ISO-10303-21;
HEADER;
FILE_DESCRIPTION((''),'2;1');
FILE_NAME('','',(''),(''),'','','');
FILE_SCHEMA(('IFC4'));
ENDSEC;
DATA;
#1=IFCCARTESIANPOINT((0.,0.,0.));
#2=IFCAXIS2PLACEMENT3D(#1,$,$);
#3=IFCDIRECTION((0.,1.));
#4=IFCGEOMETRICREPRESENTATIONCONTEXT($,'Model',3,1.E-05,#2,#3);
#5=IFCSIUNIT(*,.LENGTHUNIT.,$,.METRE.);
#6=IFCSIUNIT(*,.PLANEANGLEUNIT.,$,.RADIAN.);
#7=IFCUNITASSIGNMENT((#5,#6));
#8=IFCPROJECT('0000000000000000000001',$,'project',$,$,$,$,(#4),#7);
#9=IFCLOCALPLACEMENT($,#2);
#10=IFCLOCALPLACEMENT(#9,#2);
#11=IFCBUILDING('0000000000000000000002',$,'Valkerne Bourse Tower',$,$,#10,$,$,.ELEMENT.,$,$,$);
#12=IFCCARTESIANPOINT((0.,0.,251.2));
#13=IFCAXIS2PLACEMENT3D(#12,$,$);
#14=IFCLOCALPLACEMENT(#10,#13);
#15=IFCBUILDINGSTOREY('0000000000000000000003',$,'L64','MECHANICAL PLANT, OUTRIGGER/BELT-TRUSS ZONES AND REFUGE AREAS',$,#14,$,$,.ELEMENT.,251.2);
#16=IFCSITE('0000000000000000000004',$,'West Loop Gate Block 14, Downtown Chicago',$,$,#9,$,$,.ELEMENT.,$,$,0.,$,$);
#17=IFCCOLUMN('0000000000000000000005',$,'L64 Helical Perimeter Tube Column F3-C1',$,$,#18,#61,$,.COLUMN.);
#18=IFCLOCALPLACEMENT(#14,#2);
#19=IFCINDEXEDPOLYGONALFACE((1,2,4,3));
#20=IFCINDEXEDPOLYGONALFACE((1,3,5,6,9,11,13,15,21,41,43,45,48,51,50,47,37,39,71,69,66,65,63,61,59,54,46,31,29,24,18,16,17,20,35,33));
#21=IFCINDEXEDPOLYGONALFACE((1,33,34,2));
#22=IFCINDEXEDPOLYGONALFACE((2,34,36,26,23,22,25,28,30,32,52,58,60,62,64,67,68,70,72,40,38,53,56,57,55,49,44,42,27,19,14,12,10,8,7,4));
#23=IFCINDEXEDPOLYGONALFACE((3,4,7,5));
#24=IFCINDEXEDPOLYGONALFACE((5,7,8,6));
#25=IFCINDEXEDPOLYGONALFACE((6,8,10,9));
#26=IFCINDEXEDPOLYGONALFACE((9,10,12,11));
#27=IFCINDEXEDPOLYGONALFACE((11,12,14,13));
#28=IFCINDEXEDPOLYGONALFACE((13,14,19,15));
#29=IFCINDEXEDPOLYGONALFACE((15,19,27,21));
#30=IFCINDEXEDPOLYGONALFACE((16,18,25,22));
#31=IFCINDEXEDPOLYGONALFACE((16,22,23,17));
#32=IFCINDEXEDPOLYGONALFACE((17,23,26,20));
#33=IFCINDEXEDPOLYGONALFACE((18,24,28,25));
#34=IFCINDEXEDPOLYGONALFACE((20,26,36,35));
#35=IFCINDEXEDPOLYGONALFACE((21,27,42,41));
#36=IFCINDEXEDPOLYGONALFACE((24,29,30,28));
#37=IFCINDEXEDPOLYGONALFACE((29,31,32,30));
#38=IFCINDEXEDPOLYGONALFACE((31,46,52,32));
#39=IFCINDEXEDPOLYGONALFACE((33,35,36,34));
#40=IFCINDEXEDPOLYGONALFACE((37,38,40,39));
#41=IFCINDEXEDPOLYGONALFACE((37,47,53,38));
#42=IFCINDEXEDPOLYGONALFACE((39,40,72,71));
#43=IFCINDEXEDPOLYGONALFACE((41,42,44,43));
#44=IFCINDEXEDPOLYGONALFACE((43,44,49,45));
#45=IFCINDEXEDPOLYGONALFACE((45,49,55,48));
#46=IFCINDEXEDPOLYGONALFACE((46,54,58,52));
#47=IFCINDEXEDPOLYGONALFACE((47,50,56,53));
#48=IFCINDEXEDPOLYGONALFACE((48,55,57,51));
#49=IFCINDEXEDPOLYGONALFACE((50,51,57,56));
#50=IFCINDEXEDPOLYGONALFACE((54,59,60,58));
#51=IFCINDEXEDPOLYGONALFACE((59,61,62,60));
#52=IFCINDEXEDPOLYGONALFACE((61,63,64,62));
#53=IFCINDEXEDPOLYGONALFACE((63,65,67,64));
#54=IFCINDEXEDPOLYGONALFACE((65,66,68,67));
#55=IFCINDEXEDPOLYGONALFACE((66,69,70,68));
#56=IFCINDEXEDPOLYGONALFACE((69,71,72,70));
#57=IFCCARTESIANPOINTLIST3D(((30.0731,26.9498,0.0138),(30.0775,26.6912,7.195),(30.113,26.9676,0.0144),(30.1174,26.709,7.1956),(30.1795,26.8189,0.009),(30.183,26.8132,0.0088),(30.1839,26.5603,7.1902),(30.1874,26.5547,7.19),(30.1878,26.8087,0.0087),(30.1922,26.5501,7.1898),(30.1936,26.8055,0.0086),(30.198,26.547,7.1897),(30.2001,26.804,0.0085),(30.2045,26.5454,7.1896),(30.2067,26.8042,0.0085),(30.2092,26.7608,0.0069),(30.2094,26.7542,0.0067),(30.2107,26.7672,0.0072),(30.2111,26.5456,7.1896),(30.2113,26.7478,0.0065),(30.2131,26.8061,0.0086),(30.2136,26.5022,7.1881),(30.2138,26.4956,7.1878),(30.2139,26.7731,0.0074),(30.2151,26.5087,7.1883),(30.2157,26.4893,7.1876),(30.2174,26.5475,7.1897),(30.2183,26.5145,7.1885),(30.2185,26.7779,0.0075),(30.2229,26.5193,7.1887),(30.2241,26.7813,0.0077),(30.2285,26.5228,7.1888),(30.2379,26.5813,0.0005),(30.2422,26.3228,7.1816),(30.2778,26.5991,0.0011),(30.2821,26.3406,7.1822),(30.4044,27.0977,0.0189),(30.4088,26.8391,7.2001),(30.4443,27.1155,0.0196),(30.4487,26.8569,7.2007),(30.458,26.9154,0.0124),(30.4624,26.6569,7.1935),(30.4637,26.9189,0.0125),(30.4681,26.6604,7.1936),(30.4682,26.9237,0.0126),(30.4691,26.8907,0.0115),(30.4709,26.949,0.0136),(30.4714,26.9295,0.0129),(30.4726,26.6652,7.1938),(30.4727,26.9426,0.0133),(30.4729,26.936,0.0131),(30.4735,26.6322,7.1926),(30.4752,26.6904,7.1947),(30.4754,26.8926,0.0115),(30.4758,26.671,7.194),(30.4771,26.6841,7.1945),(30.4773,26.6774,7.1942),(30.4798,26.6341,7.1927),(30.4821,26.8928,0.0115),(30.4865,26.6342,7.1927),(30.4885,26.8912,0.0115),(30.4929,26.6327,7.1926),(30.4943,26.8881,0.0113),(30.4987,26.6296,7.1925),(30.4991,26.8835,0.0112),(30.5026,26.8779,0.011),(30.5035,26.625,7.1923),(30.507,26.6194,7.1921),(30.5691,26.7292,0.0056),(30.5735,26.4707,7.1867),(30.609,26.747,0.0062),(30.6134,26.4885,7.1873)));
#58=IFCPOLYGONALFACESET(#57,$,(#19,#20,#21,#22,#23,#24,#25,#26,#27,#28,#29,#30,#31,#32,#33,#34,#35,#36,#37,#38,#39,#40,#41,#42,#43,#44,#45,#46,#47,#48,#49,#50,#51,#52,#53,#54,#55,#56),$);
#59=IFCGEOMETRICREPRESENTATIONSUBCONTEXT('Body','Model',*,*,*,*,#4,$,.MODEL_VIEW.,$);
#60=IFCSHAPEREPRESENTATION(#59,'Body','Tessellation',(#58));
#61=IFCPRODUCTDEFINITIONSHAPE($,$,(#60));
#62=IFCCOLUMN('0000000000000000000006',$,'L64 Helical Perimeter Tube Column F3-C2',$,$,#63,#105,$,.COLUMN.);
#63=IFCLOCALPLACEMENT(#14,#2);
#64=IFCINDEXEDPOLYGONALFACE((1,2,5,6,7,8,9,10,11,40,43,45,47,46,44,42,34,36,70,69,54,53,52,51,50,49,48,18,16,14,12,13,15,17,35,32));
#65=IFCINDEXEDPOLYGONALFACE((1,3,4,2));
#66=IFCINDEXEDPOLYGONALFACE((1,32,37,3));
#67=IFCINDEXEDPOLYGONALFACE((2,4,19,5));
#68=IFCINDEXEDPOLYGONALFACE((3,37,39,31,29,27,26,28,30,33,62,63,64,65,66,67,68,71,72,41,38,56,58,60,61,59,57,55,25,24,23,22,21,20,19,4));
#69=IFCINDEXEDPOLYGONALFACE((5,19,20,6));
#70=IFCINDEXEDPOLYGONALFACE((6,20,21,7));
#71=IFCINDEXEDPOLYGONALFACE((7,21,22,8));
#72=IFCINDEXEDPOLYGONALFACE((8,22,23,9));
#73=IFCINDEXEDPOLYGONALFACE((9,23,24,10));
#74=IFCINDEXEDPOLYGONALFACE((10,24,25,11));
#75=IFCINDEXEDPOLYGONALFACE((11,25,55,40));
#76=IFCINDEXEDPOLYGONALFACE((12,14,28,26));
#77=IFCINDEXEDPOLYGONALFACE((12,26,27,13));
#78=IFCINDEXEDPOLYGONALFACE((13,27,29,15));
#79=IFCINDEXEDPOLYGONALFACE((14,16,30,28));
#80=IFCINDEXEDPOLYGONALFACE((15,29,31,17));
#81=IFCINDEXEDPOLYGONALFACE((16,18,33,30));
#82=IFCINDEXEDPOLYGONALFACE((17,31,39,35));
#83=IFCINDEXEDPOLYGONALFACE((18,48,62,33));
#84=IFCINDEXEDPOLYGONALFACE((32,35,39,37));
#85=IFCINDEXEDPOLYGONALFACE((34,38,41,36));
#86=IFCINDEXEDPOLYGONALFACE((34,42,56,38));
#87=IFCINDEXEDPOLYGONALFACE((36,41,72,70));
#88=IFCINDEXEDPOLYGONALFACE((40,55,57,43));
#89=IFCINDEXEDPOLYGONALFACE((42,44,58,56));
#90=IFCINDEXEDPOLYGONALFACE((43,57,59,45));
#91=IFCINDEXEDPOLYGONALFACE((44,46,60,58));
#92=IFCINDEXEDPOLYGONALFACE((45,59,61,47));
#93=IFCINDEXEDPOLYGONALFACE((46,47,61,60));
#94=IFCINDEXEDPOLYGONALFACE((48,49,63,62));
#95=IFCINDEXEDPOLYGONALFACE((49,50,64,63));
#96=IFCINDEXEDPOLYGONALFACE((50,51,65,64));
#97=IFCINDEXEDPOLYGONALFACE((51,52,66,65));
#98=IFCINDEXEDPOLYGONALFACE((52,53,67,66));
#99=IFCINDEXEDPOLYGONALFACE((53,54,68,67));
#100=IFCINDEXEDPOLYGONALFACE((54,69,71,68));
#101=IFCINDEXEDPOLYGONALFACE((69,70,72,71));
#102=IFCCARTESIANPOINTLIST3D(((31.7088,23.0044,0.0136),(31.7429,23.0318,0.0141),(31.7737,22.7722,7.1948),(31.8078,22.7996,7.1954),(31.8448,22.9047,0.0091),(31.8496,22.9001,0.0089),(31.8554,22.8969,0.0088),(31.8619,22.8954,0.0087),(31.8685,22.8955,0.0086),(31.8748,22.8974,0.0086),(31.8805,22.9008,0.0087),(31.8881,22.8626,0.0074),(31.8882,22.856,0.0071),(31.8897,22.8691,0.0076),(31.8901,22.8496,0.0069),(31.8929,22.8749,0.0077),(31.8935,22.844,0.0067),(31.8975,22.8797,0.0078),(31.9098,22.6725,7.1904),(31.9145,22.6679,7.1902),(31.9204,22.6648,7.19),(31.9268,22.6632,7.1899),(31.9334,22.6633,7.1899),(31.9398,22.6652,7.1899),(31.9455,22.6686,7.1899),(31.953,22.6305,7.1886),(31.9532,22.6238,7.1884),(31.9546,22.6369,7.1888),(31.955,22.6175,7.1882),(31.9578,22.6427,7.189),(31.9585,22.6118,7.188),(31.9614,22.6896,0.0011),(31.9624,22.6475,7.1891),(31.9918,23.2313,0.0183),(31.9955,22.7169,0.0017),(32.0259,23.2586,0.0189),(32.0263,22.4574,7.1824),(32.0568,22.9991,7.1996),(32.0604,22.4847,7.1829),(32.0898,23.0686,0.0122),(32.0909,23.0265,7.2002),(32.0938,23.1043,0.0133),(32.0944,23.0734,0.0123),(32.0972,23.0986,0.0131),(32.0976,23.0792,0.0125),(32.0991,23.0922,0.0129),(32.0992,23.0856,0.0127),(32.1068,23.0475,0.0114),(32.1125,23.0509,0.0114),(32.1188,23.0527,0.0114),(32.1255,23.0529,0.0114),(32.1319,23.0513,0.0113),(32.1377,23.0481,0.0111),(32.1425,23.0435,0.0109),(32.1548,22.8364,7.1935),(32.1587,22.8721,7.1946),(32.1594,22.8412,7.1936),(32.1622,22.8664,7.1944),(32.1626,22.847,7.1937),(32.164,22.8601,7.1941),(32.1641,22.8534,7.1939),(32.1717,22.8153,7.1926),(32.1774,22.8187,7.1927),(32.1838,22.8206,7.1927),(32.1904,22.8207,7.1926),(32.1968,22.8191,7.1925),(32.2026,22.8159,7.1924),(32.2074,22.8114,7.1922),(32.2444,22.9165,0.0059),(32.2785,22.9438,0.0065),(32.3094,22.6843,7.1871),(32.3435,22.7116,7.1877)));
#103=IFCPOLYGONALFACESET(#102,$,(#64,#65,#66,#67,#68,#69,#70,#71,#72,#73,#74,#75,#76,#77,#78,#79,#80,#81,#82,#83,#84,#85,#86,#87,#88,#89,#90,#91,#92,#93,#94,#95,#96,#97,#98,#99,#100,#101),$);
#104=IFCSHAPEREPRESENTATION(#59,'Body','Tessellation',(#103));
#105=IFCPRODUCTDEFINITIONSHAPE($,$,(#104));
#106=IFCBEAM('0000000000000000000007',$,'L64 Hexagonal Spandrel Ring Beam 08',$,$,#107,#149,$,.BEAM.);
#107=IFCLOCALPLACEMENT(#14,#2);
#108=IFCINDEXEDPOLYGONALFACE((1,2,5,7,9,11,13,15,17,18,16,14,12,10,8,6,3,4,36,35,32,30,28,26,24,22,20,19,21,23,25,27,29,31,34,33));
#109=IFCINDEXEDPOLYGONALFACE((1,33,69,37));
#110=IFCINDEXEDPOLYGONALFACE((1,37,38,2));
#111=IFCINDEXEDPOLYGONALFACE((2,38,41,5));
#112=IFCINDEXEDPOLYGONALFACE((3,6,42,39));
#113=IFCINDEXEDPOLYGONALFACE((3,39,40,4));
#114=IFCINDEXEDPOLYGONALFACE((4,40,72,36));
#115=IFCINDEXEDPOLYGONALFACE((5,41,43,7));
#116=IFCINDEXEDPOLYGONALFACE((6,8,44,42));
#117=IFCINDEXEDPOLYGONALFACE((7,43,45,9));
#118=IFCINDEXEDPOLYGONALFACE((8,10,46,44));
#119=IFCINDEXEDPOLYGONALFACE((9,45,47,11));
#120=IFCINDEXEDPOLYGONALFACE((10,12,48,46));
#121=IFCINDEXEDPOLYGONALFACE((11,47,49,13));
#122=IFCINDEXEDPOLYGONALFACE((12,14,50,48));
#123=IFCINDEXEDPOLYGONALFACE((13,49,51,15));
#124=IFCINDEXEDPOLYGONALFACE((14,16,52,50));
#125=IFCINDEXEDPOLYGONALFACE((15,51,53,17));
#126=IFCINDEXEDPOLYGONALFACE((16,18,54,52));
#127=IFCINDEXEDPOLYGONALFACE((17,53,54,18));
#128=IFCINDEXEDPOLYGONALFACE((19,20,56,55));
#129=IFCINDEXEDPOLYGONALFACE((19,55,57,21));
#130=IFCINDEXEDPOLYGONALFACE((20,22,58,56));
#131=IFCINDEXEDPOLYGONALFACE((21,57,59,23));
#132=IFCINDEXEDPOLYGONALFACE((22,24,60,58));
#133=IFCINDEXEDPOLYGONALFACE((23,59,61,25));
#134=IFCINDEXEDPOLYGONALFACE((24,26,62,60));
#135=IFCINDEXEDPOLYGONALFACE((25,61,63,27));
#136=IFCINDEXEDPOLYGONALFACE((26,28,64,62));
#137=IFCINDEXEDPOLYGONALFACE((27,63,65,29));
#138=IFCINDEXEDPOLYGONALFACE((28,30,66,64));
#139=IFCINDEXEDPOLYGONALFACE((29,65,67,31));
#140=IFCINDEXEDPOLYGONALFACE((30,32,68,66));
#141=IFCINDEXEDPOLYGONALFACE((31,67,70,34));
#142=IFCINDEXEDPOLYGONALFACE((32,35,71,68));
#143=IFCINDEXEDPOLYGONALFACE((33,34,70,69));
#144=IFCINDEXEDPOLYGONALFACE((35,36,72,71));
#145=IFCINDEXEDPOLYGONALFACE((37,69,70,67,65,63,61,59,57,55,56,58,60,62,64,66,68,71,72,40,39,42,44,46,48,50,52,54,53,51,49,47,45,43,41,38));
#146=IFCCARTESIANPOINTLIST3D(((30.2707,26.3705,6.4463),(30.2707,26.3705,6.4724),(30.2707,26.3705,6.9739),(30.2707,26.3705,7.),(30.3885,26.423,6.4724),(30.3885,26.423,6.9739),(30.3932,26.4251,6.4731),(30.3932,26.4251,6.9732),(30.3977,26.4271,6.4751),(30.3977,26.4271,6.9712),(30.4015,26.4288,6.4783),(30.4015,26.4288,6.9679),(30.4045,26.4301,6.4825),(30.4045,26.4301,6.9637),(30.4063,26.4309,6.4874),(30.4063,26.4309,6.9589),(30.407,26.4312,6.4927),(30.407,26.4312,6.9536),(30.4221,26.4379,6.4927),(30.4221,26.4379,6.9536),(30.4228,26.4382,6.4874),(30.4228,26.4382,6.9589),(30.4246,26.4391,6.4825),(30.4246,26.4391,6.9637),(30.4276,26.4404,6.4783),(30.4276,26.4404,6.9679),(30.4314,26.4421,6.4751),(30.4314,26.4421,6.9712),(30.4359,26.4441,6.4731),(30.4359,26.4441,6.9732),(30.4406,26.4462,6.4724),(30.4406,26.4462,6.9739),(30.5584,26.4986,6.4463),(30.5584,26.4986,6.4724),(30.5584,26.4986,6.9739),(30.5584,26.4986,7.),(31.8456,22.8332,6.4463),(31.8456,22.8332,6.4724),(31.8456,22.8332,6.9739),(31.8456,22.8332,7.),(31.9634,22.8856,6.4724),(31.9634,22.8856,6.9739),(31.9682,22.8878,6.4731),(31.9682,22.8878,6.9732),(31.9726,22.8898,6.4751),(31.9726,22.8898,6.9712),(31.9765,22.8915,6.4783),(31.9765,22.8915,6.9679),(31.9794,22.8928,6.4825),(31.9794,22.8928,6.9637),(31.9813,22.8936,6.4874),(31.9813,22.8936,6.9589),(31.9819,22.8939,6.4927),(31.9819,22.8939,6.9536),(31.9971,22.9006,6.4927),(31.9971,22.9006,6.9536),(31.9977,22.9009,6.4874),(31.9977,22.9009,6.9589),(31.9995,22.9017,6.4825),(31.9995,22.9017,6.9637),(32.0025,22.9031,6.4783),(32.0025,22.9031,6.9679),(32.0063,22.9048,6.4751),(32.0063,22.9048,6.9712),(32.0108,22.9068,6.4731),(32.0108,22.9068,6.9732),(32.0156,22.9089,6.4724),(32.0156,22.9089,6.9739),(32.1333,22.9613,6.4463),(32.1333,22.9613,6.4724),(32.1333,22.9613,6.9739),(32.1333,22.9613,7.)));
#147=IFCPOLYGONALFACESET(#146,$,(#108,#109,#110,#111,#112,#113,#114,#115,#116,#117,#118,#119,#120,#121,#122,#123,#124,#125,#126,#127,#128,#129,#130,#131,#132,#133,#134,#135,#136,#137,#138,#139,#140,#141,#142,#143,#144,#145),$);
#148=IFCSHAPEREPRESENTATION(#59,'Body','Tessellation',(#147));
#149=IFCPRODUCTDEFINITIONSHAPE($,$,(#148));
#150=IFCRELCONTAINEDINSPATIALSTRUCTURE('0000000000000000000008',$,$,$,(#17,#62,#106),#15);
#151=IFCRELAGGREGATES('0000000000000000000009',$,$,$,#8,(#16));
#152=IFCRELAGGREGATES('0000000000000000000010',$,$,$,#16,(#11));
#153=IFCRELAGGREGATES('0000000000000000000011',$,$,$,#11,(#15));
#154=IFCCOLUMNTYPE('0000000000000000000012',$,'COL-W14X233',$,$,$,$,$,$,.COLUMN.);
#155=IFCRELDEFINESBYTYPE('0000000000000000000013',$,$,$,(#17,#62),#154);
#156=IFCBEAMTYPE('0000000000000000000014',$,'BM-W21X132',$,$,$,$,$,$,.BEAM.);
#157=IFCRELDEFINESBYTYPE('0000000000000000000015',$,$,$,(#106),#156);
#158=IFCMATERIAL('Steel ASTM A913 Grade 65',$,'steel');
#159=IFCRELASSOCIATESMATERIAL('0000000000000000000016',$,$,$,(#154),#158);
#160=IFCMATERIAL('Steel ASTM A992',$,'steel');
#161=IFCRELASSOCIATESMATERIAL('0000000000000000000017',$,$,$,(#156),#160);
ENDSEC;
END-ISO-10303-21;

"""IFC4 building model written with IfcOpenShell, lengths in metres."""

from ifc_helpers import new_model, si_unit, direction, frame, origin, origin_2d, place, context, subcontext, project, spatial, i_section, extrude, material, material_profile, profile_set, type_object, element, save


model = new_model("IFC4")

# Units and contexts
model_context = context("Model", 3, precision=1e-05, world=origin(), true_north=direction((0.0, 1.0)))
body_context = subcontext(model_context, "Body", "Model", "MODEL_VIEW")
ifc_project = project(units=[si_unit("LENGTHUNIT", "METRE"), si_unit("PLANEANGLEUNIT", "RADIAN")], contexts=[model_context])

# Site, building, storey
site_placement = place(None, origin())
site = spatial("IfcSite", under=ifc_project, at=site_placement, Name="West Loop Gate Block 14, Downtown Chicago", CompositionType="ELEMENT", RefElevation=0.0)
building_placement = place(site_placement, origin())
building = spatial("IfcBuilding", under=site, at=building_placement, Name="Valkerne Bourse Tower", CompositionType="ELEMENT")
storey_placement = place(building_placement, frame((0.0, 0.0, 251.2)))
storey = spatial("IfcBuildingStorey", under=building, at=storey_placement, Name="L64", Description="MECHANICAL PLANT, OUTRIGGER/BELT-TRUSS ZONES AND REFUGE AREAS", CompositionType="ELEMENT", Elevation=251.2)

# Columns
ifc_material_1 = material(Name="Steel ASTM A913 Grade 65", Category="steel")
ifc_material_profile_1 = material_profile(ifc_material_1, i_section(OverallWidth=0.4038, OverallDepth=0.4065, WebThickness=0.0271, FlangeThickness=0.0437, FilletRadius=0.0254, at=origin_2d()), Name="W14X233")
ifc_profile_set_1 = profile_set([ifc_material_profile_1], Name="Steel ASTM A913 Grade 65")
column_type = type_object("IfcColumnType", Name="COL-W14X233", PredefinedType="COLUMN", material=ifc_profile_set_1)
column_1_placement = place(storey_placement, frame((30.3411, 26.8484, 0.01), z_axis=(0.000612, -0.03598, 0.999352), x_axis=(0.407902, -0.912425, -0.0331)))
element("IfcColumn", 1, at=column_1_placement, inside=storey, type_object=column_type, Name="L64 Helical Perimeter Tube Column F3-C1", PredefinedType="COLUMN", context=body_context, shape_type="SweptSolid", body=[
    extrude(i_section(OverallWidth=0.4038, OverallDepth=0.4065, WebThickness=0.0271, FlangeThickness=0.0437, FilletRadius=0.0254, at=origin_2d()), origin(), (0.0, 0.0, 1.0), 7.1858),
])
column_2_placement = place(storey_placement, frame((31.9937, 22.9741, 0.01), z_axis=(0.009038, -0.032313, 0.999437), x_axis=(0.625465, -0.779641, -0.030863)))
element("IfcColumn", 2, at=column_2_placement, inside=storey, type_object=column_type, Name="L64 Helical Perimeter Tube Column F3-C2", PredefinedType="COLUMN", context=body_context, shape_type="SweptSolid", body=[
    extrude(i_section(OverallWidth=0.4038, OverallDepth=0.4065, WebThickness=0.0271, FlangeThickness=0.0437, FilletRadius=0.0254, at=origin_2d()), origin(), (0.0, 0.0, 1.0), 7.1853),
])

# Beam
ifc_material_2 = material(Name="Steel ASTM A992", Category="steel")
ifc_material_profile_2 = material_profile(ifc_material_2, i_section(OverallWidth=0.3149, OverallDepth=0.5537, WebThickness=0.0166, FlangeThickness=0.0261, FilletRadius=0.0203, at=origin_2d()), Name="W21X132")
ifc_profile_set_2 = profile_set([ifc_material_profile_2], Name="Steel ASTM A992")
beam_type = type_object("IfcBeamType", Name="BM-W21X132", PredefinedType="BEAM", material=ifc_profile_set_2)
beam_placement = place(storey_placement, frame((30.4146, 26.4346, 6.7231), z_axis=(0.406741, -0.913544, 0.0), x_axis=(0.913544, 0.406741, 0.0)))
element("IfcBeam", 3, at=beam_placement, inside=storey, type_object=beam_type, Name="L64 Hexagonal Spandrel Ring Beam 08", PredefinedType="BEAM", context=body_context, shape_type="SweptSolid", body=[
    extrude(i_section(OverallWidth=0.3149, OverallDepth=0.5537, WebThickness=0.0166, FlangeThickness=0.0261, FilletRadius=0.0203, at=origin_2d()), origin(), (0.0, 0.0, 1.0), 3.8721),
])

save(model, "model.ifc")
